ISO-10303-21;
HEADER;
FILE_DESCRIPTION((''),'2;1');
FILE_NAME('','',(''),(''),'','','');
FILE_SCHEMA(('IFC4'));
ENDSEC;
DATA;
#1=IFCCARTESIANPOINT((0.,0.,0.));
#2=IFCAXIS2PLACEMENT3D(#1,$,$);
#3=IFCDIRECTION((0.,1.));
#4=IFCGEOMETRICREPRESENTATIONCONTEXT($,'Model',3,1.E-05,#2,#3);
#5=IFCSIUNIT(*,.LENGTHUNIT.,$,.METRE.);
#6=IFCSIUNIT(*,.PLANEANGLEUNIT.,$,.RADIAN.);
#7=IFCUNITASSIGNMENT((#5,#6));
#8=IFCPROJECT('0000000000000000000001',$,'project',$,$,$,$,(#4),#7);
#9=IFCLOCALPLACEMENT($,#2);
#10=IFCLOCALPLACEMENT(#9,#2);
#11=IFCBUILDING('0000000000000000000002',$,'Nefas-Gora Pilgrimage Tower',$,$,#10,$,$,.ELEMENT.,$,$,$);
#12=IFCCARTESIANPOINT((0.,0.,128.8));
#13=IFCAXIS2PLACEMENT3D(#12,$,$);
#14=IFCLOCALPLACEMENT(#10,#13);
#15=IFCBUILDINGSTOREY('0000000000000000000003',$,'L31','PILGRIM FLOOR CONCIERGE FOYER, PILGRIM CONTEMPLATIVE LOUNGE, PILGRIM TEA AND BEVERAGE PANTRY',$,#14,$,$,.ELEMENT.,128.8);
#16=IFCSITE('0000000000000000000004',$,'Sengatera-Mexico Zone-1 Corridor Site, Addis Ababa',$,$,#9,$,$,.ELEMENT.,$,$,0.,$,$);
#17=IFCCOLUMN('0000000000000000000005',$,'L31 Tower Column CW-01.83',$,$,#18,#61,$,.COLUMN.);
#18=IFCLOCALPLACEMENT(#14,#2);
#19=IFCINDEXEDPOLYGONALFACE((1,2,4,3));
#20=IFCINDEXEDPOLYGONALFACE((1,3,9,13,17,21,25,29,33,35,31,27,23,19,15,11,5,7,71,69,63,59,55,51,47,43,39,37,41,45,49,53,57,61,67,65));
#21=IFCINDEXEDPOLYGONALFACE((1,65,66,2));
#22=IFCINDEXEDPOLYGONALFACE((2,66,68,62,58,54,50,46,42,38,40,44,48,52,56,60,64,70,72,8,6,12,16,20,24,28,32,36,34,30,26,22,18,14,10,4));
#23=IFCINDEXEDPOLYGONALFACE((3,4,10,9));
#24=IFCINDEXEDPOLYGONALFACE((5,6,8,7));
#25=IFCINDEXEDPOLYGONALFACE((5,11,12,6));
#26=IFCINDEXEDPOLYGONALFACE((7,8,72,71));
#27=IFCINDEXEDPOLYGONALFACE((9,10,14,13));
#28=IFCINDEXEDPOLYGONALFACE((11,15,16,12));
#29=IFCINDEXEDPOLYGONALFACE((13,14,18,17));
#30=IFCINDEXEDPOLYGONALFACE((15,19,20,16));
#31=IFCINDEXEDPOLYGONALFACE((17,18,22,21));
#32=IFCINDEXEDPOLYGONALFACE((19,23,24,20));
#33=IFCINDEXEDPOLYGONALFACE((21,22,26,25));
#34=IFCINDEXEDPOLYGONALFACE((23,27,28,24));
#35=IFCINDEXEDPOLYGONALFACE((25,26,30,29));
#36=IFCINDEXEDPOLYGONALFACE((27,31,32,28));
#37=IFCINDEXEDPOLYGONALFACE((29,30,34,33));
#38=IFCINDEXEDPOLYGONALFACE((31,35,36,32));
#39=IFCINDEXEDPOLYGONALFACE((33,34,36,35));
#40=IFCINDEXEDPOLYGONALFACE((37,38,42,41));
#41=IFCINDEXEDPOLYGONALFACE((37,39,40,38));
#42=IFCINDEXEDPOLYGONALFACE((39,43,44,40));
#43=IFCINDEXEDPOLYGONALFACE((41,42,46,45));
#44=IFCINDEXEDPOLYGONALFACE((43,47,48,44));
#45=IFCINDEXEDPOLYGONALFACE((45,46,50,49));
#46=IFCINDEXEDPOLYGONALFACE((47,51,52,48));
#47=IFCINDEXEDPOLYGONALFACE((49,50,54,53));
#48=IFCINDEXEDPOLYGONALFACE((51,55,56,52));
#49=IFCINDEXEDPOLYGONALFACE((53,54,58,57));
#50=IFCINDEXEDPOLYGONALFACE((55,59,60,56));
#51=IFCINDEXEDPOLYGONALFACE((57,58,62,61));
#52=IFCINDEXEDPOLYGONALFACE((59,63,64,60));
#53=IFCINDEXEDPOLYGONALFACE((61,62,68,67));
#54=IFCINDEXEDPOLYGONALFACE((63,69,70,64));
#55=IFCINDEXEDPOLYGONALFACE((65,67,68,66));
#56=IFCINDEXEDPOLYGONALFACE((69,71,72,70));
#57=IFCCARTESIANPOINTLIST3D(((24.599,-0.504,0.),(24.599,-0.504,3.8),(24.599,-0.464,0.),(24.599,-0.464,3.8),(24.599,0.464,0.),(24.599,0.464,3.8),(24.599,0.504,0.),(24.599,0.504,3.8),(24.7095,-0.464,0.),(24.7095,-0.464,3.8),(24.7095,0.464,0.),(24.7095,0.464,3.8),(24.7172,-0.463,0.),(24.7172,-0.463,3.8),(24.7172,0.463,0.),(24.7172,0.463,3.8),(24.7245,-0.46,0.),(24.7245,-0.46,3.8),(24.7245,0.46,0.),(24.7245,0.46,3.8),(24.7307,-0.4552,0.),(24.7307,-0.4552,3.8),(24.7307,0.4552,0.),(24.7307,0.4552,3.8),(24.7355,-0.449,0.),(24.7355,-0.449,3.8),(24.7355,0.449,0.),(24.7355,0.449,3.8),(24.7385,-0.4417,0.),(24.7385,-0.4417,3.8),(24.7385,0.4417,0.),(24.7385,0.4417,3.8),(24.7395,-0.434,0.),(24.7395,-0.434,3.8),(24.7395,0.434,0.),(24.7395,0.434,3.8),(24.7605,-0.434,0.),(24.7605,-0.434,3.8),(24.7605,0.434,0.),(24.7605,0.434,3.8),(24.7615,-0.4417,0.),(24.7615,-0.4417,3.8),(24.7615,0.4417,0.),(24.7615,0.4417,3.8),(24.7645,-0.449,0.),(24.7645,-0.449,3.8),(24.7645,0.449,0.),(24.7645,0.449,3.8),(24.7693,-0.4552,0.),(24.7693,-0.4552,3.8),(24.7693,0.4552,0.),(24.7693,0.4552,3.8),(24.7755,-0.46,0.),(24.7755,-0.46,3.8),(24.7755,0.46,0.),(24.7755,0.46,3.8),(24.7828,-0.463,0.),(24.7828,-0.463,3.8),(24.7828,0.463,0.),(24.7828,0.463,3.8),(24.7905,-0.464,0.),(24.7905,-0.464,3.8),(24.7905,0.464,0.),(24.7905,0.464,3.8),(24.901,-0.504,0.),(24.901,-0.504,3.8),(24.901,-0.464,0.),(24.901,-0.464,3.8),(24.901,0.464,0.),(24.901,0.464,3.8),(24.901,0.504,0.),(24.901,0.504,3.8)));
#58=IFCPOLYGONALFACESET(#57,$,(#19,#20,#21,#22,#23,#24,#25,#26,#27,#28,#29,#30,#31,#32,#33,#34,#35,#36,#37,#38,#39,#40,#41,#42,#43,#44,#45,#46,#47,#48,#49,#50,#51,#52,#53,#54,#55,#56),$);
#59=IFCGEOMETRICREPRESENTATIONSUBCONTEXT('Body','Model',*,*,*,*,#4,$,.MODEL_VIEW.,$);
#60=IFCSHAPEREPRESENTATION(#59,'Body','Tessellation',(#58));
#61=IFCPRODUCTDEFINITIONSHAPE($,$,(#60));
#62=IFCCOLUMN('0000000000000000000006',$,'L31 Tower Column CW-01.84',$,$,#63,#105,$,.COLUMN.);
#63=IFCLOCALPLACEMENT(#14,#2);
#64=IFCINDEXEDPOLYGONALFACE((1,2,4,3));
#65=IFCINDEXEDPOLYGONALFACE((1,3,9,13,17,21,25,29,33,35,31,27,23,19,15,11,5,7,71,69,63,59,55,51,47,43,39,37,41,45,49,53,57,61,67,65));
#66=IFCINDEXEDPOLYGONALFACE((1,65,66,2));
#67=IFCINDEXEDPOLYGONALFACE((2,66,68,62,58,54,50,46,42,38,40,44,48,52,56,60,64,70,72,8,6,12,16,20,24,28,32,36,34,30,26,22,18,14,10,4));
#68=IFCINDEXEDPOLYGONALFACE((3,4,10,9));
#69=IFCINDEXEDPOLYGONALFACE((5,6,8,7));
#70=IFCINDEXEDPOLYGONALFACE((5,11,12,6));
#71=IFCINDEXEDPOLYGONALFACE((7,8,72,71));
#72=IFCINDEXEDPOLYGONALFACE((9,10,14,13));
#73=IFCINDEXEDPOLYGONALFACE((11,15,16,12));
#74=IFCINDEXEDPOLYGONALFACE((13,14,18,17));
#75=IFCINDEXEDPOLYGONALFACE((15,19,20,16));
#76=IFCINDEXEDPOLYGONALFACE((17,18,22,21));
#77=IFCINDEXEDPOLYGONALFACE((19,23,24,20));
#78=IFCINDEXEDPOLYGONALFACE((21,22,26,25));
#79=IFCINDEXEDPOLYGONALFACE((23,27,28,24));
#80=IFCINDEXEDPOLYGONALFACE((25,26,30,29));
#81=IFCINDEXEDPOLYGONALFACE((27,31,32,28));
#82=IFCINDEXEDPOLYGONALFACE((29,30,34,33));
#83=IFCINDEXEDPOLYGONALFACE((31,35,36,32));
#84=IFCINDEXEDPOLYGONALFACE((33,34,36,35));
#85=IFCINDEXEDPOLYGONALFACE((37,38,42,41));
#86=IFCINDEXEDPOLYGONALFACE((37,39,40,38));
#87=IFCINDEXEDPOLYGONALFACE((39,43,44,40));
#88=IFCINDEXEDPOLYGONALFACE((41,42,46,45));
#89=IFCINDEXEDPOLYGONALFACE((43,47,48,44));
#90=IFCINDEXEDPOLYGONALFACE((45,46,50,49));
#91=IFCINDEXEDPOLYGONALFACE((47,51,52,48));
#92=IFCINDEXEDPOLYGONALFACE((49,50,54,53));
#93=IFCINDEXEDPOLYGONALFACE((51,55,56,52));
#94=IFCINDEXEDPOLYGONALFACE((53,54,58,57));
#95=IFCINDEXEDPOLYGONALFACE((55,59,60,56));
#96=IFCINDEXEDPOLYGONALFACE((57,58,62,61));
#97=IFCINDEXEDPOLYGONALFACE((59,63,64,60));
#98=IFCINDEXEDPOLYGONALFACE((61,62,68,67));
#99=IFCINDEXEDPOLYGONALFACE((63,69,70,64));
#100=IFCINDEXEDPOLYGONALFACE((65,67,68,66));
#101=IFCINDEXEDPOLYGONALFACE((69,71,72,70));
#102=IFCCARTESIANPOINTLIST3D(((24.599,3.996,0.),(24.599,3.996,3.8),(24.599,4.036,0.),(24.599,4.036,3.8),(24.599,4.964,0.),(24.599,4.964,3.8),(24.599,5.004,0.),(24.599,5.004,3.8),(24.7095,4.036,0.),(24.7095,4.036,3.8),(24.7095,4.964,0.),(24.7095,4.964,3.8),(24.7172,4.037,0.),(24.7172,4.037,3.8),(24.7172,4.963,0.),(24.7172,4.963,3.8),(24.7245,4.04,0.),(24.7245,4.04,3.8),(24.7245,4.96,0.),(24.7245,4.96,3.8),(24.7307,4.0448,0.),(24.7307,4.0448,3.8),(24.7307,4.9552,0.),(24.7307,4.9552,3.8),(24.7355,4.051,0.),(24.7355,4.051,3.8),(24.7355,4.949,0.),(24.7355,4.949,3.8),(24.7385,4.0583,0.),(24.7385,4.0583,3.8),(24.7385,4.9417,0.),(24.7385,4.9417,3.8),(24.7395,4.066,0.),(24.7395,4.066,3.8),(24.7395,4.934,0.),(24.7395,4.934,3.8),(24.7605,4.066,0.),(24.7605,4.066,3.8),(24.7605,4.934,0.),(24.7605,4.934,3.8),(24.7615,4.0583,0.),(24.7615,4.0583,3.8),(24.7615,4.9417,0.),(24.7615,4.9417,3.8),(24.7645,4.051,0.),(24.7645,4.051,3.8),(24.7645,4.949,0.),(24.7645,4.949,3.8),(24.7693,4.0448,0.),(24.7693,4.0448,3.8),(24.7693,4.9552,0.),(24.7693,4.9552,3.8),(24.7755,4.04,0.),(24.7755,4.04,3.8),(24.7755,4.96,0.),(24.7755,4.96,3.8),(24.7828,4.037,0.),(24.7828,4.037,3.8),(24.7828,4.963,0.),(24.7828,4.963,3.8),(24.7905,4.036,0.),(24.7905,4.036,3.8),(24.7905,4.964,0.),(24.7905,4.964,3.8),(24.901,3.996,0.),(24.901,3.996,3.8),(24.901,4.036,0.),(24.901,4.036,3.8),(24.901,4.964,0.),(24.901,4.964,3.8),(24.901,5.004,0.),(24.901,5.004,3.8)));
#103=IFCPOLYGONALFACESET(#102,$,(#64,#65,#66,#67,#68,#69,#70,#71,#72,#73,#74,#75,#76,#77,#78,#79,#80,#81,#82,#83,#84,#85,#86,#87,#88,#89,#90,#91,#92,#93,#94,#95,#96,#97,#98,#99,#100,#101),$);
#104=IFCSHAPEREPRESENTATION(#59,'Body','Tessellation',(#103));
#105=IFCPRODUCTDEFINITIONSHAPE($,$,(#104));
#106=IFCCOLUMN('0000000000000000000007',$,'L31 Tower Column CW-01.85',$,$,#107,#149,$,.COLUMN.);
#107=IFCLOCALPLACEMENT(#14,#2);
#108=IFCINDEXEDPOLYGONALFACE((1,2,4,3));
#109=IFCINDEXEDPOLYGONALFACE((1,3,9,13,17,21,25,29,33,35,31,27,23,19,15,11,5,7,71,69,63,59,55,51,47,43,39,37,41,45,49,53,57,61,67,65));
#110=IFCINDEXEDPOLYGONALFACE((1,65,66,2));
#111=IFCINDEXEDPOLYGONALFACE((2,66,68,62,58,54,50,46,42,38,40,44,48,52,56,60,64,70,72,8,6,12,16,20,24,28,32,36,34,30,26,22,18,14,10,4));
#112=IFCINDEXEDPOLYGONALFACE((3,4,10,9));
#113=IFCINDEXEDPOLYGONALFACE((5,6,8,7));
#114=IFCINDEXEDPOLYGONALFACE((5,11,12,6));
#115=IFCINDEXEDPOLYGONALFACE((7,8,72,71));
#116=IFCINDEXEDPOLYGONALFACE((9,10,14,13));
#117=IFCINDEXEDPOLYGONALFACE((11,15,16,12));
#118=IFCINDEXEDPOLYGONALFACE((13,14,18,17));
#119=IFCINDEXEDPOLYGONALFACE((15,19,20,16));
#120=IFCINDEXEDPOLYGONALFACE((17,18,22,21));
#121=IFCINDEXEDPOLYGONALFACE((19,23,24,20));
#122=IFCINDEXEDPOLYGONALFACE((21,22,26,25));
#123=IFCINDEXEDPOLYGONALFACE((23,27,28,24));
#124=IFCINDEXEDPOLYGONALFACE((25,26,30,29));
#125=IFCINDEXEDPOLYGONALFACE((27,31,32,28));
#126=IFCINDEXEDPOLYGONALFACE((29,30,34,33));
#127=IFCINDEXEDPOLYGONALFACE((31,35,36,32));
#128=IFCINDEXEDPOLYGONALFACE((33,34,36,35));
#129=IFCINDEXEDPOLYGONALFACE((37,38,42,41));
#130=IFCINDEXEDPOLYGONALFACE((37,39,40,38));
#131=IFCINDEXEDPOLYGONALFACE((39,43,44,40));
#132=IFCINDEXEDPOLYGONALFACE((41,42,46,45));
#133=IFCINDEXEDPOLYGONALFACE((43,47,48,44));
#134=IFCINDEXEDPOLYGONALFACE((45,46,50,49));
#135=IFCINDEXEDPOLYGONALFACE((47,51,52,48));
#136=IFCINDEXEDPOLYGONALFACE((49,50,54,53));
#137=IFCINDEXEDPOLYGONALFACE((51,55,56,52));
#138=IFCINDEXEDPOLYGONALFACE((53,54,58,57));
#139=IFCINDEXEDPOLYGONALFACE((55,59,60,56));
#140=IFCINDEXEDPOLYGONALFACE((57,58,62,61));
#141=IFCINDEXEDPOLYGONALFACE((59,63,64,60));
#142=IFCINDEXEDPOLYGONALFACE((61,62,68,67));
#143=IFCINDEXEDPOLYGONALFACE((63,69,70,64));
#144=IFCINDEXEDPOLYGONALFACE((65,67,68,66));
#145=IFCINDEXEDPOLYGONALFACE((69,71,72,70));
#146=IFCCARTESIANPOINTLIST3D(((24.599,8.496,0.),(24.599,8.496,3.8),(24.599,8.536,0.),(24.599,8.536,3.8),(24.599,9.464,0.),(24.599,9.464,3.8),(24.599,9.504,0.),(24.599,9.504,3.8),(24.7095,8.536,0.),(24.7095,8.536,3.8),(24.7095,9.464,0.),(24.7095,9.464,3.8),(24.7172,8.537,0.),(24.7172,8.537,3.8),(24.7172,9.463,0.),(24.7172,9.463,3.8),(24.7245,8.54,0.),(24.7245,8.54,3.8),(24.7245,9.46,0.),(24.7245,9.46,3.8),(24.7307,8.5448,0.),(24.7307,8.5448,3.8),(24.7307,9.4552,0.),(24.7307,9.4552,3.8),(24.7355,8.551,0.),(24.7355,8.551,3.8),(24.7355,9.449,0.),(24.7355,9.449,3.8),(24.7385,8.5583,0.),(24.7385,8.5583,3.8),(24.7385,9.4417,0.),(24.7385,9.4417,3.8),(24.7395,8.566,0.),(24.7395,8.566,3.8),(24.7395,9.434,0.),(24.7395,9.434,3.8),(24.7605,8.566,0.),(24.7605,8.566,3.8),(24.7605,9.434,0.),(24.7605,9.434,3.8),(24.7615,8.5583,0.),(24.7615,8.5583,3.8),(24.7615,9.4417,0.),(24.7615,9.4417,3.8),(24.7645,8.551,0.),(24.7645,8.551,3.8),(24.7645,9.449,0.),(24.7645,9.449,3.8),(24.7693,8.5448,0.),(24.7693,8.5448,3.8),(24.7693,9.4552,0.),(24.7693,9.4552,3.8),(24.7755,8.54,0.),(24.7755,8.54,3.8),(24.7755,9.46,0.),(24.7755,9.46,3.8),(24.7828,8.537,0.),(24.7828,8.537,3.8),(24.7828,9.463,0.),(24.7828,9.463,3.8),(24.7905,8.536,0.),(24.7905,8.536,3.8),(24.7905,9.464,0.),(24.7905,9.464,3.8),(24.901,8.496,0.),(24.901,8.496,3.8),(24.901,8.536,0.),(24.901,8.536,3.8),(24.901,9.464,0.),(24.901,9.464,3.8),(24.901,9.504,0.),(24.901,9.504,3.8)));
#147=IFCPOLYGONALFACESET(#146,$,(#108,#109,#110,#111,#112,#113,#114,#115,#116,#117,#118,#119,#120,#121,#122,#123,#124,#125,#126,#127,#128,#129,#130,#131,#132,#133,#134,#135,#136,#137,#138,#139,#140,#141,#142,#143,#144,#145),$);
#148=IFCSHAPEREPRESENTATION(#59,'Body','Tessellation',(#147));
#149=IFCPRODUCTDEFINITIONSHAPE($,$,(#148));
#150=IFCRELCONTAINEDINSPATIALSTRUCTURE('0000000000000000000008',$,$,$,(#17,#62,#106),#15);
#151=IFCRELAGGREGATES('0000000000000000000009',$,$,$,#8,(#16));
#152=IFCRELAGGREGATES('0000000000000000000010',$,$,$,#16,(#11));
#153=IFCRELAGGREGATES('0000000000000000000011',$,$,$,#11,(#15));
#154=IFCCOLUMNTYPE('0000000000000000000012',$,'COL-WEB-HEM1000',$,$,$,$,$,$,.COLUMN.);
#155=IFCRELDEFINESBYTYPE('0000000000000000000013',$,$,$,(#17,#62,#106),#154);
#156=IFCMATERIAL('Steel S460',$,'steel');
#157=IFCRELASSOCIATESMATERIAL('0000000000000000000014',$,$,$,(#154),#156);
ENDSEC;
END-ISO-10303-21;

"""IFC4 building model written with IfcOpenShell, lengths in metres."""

from ifc_helpers import new_model, si_unit, direction, frame, origin, origin_2d, place, context, subcontext, project, spatial, i_section, extrude, source, transform, mapped, material, material_profile, profile_set, type_object, element, save


model = new_model("IFC4")

# Units and contexts
model_context = context("Model", 3, precision=1e-05, world=origin(), true_north=direction((0.0, 1.0)))
body_context = subcontext(model_context, "Body", "Model", "MODEL_VIEW")
ifc_project = project(units=[si_unit("LENGTHUNIT", "METRE"), si_unit("PLANEANGLEUNIT", "RADIAN")], contexts=[model_context])

# Site, building, storey
site_placement = place(None, origin())
site = spatial("IfcSite", under=ifc_project, at=site_placement, Name="Sengatera-Mexico Zone-1 Corridor Site, Addis Ababa", CompositionType="ELEMENT", RefElevation=0.0)
building_placement = place(site_placement, origin())
building = spatial("IfcBuilding", under=site, at=building_placement, Name="Nefas-Gora Pilgrimage Tower", CompositionType="ELEMENT")
storey_placement = place(building_placement, frame((0.0, 0.0, 128.8)))
storey = spatial("IfcBuildingStorey", under=building, at=storey_placement, Name="L31", Description="PILGRIM FLOOR CONCIERGE FOYER, PILGRIM CONTEMPLATIVE LOUNGE, PILGRIM TEA AND BEVERAGE PANTRY", CompositionType="ELEMENT", Elevation=128.8)

# Columns
ifc_material_1 = material(Name="Steel S460", Category="steel")
ifc_material_profile_1 = material_profile(ifc_material_1, i_section(OverallWidth=0.302, OverallDepth=1.0081, WebThickness=0.021, FlangeThickness=0.04, FilletRadius=0.03, at=origin_2d()), Name="HEM 1000")
ifc_profile_set_1 = profile_set([ifc_material_profile_1], Name="Steel S460")
column_type_1 = type_object("IfcColumnType", Name="COL-WEB-HEM1000", PredefinedType="COLUMN", material=ifc_profile_set_1)
shared_shape_1 = source(origin(), body_context, "Body", "SweptSolid", [
    extrude(i_section(OverallWidth=0.302, OverallDepth=1.0081, WebThickness=0.021, FlangeThickness=0.04, FilletRadius=0.03, at=origin_2d()), origin(), (0.0, 0.0, 1.0), 3.8),
])
for number, where, z_axis, x_axis, name in (
    (1, (24.75, 0.0, 0.0), (0.0, 0.0, 1.0), (1.0, 0.0, 0.0), "L31 Tower Column CW-01.83"),
    (2, (24.75, 4.5, 0.0), (0.0, 0.0, 1.0), (1.0, 0.0, 0.0), "L31 Tower Column CW-01.84"),
    (3, (24.75, 9.0, 0.0), (0.0, 0.0, 1.0), (1.0, 0.0, 0.0), "L31 Tower Column CW-01.85"),
):
    element("IfcColumn", number, at=place(storey_placement, frame(where, z_axis=z_axis, x_axis=x_axis)), inside=storey, type_object=column_type_1, Name=name, PredefinedType="COLUMN", context=body_context, shape_type="MappedRepresentation", body=[
        mapped(shared_shape_1, transform((0.0, 0.0, 0.0), x_axis=(1.0, 0.0, 0.0), y_axis=(0.0, 1.0, 0.0), z_axis=(0.0, 0.0, 1.0), scale=1.0)),
    ])

save(model, "model.ifc")
